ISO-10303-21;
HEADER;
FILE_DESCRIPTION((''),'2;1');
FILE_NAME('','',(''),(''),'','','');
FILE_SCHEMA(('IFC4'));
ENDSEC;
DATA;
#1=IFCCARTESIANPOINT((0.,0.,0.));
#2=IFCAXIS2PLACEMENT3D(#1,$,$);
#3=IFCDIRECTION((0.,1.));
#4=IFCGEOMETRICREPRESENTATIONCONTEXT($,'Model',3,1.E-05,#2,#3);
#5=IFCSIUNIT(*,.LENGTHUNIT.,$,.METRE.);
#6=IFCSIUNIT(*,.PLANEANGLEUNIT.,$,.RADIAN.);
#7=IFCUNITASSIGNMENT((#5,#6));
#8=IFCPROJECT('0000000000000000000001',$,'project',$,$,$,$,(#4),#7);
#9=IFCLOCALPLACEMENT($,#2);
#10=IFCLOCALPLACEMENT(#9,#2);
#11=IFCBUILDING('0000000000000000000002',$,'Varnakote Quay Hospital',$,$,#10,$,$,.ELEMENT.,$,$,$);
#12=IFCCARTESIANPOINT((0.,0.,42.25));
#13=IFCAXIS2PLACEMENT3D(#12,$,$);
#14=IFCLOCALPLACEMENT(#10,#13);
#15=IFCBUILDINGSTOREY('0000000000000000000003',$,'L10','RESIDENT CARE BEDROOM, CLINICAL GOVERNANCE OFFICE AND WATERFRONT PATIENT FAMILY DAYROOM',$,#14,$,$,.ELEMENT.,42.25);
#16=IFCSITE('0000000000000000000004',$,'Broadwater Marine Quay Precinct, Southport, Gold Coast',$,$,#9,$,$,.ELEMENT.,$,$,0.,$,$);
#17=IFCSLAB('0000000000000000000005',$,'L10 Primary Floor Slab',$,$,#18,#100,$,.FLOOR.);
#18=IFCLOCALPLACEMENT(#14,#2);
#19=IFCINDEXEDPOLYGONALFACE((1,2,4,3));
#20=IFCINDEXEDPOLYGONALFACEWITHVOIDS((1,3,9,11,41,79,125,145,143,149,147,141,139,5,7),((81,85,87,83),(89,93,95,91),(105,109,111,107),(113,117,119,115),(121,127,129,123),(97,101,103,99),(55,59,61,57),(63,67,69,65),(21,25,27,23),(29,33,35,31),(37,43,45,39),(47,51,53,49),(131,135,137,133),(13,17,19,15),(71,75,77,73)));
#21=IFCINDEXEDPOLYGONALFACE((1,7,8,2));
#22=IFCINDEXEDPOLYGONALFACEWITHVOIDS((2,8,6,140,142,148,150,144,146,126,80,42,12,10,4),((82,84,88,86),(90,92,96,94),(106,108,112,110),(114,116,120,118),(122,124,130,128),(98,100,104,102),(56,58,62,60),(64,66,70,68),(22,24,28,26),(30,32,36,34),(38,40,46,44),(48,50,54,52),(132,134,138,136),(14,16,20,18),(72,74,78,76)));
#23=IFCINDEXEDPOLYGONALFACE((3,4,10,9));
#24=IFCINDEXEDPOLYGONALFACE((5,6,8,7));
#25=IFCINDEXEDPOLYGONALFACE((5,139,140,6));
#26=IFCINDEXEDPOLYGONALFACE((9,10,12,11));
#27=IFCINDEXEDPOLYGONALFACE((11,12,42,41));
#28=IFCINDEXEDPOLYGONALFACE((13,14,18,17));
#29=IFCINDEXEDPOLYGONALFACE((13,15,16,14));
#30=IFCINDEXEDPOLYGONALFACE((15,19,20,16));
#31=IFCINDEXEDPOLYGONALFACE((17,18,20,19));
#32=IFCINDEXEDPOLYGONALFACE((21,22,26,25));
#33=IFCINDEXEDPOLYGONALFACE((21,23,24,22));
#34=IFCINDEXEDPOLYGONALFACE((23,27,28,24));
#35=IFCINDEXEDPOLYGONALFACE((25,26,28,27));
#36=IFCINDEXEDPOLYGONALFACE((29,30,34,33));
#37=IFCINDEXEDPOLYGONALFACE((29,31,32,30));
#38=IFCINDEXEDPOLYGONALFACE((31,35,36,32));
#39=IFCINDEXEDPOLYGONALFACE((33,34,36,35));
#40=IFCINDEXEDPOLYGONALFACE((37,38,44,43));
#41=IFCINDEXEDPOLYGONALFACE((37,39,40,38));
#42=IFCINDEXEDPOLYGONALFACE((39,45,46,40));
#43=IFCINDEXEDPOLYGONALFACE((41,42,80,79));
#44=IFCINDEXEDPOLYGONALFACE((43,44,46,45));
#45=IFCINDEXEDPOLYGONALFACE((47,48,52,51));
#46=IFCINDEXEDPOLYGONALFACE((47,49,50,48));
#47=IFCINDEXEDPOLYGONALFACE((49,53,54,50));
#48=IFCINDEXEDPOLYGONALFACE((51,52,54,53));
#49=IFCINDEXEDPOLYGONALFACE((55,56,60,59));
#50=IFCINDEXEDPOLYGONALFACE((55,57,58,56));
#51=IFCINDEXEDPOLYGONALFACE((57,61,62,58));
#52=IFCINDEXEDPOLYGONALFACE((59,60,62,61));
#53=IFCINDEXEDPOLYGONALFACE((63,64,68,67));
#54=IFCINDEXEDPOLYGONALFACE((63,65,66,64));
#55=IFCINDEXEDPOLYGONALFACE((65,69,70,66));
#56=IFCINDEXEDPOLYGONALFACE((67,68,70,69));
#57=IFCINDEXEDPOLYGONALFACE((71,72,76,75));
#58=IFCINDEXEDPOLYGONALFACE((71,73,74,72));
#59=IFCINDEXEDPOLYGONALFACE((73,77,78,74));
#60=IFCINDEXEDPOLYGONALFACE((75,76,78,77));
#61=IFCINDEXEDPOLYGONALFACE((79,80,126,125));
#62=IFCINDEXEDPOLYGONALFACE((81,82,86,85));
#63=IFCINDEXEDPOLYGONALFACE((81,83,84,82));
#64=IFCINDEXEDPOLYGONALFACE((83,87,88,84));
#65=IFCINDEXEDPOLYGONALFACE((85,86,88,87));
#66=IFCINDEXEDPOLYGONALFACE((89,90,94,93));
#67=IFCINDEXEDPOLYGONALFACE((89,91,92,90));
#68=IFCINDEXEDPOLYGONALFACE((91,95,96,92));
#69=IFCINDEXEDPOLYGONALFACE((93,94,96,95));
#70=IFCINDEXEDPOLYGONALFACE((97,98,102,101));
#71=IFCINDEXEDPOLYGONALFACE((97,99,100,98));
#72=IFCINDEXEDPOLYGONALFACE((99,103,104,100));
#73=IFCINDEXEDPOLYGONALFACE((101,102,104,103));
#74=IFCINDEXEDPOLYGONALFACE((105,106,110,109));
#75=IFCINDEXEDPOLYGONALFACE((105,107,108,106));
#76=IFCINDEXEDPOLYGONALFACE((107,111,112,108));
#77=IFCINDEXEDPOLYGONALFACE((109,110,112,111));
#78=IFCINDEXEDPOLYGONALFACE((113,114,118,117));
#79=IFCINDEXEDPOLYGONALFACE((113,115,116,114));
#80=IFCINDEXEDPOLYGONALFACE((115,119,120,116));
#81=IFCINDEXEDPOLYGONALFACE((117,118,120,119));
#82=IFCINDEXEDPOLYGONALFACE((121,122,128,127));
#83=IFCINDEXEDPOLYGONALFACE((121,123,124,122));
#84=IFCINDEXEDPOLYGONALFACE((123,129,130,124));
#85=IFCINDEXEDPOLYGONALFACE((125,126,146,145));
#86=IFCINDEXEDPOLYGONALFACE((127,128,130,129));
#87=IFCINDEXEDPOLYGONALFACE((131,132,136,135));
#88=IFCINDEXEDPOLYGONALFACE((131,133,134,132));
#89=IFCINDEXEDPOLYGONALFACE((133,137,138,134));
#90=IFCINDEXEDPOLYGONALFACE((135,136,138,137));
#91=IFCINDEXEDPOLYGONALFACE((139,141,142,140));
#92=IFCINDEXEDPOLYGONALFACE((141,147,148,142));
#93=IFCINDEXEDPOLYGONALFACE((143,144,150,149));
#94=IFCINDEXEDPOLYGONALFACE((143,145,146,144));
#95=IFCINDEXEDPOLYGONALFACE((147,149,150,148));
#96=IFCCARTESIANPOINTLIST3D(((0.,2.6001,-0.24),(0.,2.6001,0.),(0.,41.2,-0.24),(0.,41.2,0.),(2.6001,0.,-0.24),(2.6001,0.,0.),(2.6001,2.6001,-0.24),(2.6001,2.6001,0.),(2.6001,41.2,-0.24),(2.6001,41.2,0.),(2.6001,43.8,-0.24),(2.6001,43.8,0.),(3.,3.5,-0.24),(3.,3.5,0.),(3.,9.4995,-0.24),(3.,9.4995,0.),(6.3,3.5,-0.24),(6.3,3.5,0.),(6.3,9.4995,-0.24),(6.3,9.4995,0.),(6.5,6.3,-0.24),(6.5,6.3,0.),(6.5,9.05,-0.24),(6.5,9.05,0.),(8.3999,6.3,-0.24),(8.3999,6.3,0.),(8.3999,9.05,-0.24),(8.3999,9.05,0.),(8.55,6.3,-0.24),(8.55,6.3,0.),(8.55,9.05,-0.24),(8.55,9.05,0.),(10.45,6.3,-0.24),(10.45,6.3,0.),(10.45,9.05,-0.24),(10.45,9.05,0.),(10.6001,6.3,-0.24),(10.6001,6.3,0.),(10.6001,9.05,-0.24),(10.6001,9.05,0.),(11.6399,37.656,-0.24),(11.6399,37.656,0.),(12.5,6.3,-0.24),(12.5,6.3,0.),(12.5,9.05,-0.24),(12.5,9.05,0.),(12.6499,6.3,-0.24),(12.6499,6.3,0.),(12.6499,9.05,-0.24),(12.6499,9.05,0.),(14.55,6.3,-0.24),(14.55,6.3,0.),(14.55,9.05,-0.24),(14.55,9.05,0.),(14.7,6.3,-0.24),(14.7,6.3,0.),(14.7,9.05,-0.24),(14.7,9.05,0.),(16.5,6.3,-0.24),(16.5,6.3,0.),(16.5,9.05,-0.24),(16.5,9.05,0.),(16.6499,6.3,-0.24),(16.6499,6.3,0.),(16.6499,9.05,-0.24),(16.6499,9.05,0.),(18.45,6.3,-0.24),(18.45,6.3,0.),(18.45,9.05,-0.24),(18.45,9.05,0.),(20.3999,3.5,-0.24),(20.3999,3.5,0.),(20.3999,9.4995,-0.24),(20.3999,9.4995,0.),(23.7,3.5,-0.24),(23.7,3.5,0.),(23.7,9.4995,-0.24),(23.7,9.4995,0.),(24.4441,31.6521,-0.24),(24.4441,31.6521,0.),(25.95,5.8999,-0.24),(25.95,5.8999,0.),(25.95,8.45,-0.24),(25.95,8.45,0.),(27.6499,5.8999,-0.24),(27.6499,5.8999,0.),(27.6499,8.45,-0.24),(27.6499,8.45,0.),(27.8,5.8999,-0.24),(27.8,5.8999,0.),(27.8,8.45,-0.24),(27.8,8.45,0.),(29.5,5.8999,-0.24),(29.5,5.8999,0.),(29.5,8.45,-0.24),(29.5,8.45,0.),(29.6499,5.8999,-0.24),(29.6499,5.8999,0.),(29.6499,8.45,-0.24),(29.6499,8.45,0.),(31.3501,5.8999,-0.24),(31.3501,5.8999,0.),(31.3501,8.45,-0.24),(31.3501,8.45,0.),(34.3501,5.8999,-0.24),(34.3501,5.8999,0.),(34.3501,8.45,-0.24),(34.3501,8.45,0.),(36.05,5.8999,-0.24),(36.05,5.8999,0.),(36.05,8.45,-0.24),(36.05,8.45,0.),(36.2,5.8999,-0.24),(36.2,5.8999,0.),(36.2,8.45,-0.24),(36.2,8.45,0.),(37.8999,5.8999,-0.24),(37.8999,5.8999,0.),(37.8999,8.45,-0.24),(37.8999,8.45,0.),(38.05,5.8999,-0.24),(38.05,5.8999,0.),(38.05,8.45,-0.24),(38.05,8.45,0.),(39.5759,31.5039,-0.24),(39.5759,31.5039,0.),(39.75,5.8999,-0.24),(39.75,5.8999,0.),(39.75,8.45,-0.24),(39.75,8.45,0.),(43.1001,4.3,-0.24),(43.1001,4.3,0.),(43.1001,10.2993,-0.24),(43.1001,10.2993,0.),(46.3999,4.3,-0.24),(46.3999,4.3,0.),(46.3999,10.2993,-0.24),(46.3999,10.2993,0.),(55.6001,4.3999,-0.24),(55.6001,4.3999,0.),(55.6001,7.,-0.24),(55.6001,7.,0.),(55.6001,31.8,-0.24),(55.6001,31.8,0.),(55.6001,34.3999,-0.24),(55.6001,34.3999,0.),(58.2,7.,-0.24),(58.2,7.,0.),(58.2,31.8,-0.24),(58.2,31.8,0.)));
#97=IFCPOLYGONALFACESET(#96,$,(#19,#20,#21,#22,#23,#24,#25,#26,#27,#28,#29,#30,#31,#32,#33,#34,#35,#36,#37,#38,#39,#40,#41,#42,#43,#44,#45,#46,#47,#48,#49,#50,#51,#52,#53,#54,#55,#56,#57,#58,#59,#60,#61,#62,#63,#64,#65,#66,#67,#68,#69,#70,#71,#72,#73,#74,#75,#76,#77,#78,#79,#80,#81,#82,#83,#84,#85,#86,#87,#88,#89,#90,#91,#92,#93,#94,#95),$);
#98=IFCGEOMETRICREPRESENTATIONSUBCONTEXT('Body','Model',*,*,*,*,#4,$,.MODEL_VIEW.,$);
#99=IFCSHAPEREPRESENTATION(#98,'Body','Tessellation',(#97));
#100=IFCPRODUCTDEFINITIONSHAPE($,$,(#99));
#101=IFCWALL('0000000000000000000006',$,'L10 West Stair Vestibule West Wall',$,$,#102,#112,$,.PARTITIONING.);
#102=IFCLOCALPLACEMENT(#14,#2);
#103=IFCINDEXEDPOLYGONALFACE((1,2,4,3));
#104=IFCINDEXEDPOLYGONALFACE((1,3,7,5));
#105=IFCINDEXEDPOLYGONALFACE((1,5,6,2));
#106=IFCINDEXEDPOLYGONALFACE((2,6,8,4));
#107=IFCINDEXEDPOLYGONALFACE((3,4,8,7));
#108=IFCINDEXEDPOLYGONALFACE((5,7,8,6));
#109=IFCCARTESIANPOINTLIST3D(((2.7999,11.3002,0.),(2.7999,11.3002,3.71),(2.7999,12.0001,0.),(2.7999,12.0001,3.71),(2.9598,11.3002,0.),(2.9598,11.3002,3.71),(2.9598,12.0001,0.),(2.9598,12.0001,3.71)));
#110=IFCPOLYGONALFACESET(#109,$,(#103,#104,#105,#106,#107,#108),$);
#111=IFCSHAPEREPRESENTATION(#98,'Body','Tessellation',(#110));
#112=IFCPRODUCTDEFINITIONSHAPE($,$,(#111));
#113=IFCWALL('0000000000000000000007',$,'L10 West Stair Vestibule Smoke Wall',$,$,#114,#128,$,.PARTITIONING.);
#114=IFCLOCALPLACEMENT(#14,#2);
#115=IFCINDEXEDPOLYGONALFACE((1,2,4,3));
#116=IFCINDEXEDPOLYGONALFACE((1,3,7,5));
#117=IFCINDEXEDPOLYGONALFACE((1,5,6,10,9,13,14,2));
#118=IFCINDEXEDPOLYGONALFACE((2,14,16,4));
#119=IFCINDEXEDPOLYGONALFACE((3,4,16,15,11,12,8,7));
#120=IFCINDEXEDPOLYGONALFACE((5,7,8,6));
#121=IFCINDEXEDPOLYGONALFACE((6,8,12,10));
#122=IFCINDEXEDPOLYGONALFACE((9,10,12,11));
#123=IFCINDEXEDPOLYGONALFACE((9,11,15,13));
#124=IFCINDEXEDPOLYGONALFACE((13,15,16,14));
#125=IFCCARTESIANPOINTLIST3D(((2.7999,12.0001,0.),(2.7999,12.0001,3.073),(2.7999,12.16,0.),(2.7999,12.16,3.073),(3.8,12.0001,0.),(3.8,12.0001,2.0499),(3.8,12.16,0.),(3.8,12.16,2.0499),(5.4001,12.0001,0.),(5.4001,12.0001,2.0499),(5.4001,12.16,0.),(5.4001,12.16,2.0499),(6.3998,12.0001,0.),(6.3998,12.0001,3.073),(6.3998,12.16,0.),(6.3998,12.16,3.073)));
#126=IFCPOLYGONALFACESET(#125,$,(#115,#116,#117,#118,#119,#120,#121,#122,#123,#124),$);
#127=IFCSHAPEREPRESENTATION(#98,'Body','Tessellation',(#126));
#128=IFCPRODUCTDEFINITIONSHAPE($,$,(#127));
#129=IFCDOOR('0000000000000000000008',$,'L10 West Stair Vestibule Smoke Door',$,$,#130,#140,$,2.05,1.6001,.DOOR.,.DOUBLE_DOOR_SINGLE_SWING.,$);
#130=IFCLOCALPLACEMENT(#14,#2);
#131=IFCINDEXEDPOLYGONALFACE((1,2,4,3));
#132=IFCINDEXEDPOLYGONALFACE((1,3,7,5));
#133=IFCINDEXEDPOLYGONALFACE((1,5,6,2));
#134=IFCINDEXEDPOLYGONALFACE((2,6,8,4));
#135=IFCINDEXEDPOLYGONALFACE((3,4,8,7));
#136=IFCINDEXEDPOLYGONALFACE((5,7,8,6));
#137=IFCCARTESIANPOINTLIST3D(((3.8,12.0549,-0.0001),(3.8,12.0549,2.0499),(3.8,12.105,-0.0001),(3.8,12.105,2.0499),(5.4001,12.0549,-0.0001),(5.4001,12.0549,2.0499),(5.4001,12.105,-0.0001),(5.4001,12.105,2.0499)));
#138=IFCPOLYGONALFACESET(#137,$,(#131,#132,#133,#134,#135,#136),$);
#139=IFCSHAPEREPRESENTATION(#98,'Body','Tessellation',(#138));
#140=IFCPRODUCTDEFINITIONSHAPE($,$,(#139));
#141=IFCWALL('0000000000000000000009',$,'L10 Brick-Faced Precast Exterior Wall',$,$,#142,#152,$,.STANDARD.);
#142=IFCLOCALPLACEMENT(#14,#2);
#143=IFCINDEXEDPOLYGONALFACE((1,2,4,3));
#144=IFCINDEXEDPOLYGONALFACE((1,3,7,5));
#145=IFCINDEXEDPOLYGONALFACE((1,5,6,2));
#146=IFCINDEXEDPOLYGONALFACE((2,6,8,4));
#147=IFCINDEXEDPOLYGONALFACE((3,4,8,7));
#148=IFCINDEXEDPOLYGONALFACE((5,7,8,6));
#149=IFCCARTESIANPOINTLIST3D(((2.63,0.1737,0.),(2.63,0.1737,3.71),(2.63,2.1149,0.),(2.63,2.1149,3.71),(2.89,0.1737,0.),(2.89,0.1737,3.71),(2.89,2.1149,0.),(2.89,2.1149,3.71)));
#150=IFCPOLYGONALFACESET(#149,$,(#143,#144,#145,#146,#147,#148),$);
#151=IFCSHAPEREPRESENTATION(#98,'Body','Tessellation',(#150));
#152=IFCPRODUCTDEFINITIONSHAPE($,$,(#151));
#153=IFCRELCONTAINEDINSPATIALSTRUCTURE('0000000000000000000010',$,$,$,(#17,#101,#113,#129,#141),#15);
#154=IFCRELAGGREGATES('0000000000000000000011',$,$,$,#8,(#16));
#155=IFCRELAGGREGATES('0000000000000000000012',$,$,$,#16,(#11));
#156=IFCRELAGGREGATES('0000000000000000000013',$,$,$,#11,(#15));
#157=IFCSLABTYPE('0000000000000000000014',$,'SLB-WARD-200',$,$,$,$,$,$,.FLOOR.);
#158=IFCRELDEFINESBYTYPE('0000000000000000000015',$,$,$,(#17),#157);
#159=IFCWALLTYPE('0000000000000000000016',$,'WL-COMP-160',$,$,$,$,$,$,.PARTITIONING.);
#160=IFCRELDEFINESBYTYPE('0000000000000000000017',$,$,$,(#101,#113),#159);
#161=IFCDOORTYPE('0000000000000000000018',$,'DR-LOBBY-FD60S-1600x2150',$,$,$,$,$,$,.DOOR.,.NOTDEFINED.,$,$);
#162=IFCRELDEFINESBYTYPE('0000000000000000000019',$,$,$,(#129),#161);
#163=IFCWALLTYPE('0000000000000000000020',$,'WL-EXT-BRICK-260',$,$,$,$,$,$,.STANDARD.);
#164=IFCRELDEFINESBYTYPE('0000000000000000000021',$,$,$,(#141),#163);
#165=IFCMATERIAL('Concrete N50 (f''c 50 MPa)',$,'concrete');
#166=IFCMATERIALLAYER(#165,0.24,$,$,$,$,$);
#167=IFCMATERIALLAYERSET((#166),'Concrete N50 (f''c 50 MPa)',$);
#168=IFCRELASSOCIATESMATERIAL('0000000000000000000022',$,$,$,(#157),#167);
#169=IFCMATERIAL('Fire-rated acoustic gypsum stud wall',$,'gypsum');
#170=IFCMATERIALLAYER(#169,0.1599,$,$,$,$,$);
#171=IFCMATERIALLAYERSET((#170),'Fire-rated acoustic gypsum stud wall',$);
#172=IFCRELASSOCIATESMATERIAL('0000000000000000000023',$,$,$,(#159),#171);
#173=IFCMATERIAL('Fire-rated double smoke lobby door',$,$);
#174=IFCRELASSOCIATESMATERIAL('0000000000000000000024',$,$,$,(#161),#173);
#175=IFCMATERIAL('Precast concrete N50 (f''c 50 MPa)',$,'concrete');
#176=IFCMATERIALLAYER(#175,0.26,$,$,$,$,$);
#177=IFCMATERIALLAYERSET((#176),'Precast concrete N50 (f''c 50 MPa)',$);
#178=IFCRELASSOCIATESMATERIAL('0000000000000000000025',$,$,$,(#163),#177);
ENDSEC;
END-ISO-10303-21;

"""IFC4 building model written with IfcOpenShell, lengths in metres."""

from ifc_helpers import new_model, si_unit, direction, frame, frame_2d, origin, place, context, subcontext, project, spatial, polyline, rectangle, outline, extrude, material, layer, layer_set, type_object, element, fill, save


model = new_model("IFC4")

# Units and contexts
model_context = context("Model", 3, precision=1e-05, world=origin(), true_north=direction((0.0, 1.0)))
body_context = subcontext(model_context, "Body", "Model", "MODEL_VIEW")
ifc_project = project(units=[si_unit("LENGTHUNIT", "METRE"), si_unit("PLANEANGLEUNIT", "RADIAN")], contexts=[model_context])

# Site, building, storey
site_placement = place(None, origin())
site = spatial("IfcSite", under=ifc_project, at=site_placement, Name="Broadwater Marine Quay Precinct, Southport, Gold Coast", CompositionType="ELEMENT", RefElevation=0.0)
building_placement = place(site_placement, origin())
building = spatial("IfcBuilding", under=site, at=building_placement, Name="Varnakote Quay Hospital", CompositionType="ELEMENT")
storey_placement = place(building_placement, frame((0.0, 0.0, 42.25)))
storey = spatial("IfcBuildingStorey", under=building, at=storey_placement, Name="L10", Description="RESIDENT CARE BEDROOM, CLINICAL GOVERNANCE OFFICE AND WATERFRONT PATIENT FAMILY DAYROOM", CompositionType="ELEMENT", Elevation=42.25)

# Slab
ifc_material_1 = material(Name="Concrete N50 (f'c 50 MPa)", Category="concrete")
ifc_layer_1 = layer(ifc_material_1, 0.24)
ifc_layer_set_1 = layer_set([ifc_layer_1], Name="Concrete N50 (f'c 50 MPa)")
slab_type_1 = type_object("IfcSlabType", Name="SLB-WARD-200", PredefinedType="FLOOR", material=ifc_layer_set_1)
slab_1_placement = place(storey_placement, frame((0.0, 0.0, -0.24)))
element("IfcSlab", 1, at=slab_1_placement, inside=storey, type_object=slab_type_1, Name="L10 Primary Floor Slab", PredefinedType="FLOOR", context=body_context, shape_type="SweptSolid", body=[
    extrude(outline(polyline([(0.0, 2.6001), (2.6001, 2.6001), (2.6001, 0.0), (55.6001, 4.3999), (55.6001, 7.0), (58.2, 7.0), (58.2, 31.8), (55.6001, 31.8), (55.6001, 34.3999), (39.5759, 31.5039), (24.4441, 31.6521), (11.6399, 37.656), (2.6001, 43.8), (2.6001, 41.2), (0.0, 41.2), (0.0, 2.6001)]), holes=[polyline([(3.0, 3.5), (6.3, 3.5), (6.3, 9.4995), (3.0, 9.4995), (3.0, 3.5)]), polyline([(20.3999, 3.5), (23.7, 3.5), (23.7, 9.4995), (20.3999, 9.4995), (20.3999, 3.5)]), polyline([(43.1001, 4.3), (46.3999, 4.3), (46.3999, 10.2993), (43.1001, 10.2993), (43.1001, 4.3)]), polyline([(6.5, 6.3), (8.3999, 6.3), (8.3999, 9.05), (6.5, 9.05), (6.5, 6.3)]), polyline([(8.55, 6.3), (10.45, 6.3), (10.45, 9.05), (8.55, 9.05), (8.55, 6.3)]), polyline([(10.6001, 6.3), (12.5, 6.3), (12.5, 9.05), (10.6001, 9.05), (10.6001, 6.3)]), polyline([(12.6499, 6.3), (14.55, 6.3), (14.55, 9.05), (12.6499, 9.05), (12.6499, 6.3)]), polyline([(14.7, 6.3), (16.5, 6.3), (16.5, 9.05), (14.7, 9.05), (14.7, 6.3)]), polyline([(16.6499, 6.3), (18.45, 6.3), (18.45, 9.05), (16.6499, 9.05), (16.6499, 6.3)]), polyline([(25.95, 5.8999), (27.6499, 5.8999), (27.6499, 8.45), (25.95, 8.45), (25.95, 5.8999)]), polyline([(27.8, 5.8999), (29.5, 5.8999), (29.5, 8.45), (27.8, 8.45), (27.8, 5.8999)]), polyline([(29.6499, 5.8999), (31.3501, 5.8999), (31.3501, 8.45), (29.6499, 8.45), (29.6499, 5.8999)]), polyline([(34.3501, 5.8999), (36.05, 5.8999), (36.05, 8.45), (34.3501, 8.45), (34.3501, 5.8999)]), polyline([(36.2, 5.8999), (37.8999, 5.8999), (37.8999, 8.45), (36.2, 8.45), (36.2, 5.8999)]), polyline([(38.05, 5.8999), (39.75, 5.8999), (39.75, 8.45), (38.05, 8.45), (38.05, 5.8999)])]), origin(), (0.0, 0.0, 1.0), 0.24),
])

# Wall
ifc_material_2 = material(Name="Fire-rated acoustic gypsum stud wall", Category="gypsum")
ifc_layer_2 = layer(ifc_material_2, 0.1599)
ifc_layer_set_2 = layer_set([ifc_layer_2], Name="Fire-rated acoustic gypsum stud wall")
wall_type_1 = type_object("IfcWallType", Name="WL-COMP-160", PredefinedType="PARTITIONING", material=ifc_layer_set_2)
wall_1_placement = place(storey_placement, frame((2.8799, 11.3, 0.0), z_axis=(0.0, 0.0, 1.0), x_axis=(0.0, 1.0, 0.0)))
element("IfcWall", 2, at=wall_1_placement, inside=storey, type_object=wall_type_1, Name="L10 West Stair Vestibule West Wall", PredefinedType="PARTITIONING", context=body_context, shape_type="SweptSolid", body=[
    extrude(rectangle(XDim=0.7, YDim=0.1599, at=frame_2d((0.3501, 0.0))), origin(), (0.0, 0.0, 1.0), 3.71),
])

# Wall, opening, door
wall_2_placement = place(storey_placement, frame((2.8, 12.0801, 0.0), z_axis=(0.0, 0.0, 1.0), x_axis=(1.0, 0.0, 0.0)))
wall_2 = element("IfcWall", 3, at=wall_2_placement, inside=storey, type_object=wall_type_1, Name="L10 West Stair Vestibule Smoke Wall", PredefinedType="PARTITIONING", context=body_context, shape_type="SweptSolid", body=[
    extrude(rectangle(XDim=3.5999, YDim=0.1599, at=frame_2d((1.7998, 0.0))), origin(), (0.0, 0.0, 1.0), 3.073),
])
opening_1_placement = place(wall_2_placement, frame((1.0, 0.0, 0.0)))
opening_1 = element("IfcOpeningElement", 4, at=opening_1_placement, cuts=wall_2, PredefinedType="OPENING", context=body_context, shape_type="SweptSolid", body=[
    extrude(rectangle(XDim=1.6001, YDim=2.05, at=frame_2d((0.8, 1.0249))), frame((0.0, 0.0898, 0.0), z_axis=(0.0, -1.0, 0.0), x_axis=(1.0, 0.0, 0.0)), (0.0, 0.0, 1.0), 0.1799),
])
ifc_material_3 = material(Name="Fire-rated double smoke lobby door")
door_type_1 = type_object("IfcDoorType", Name="DR-LOBBY-FD60S-1600x2150", OperationType="NOTDEFINED", PredefinedType="DOOR", material=ifc_material_3)
door_1_placement = place(opening_1_placement, origin())
door_1 = element("IfcDoor", 5, at=door_1_placement, inside=storey, type_object=door_type_1, Name="L10 West Stair Vestibule Smoke Door", OperationType="DOUBLE_DOOR_SINGLE_SWING", OverallHeight=2.05, OverallWidth=1.6001, PredefinedType="DOOR", context=body_context, shape_type="SweptSolid", body=[
    extrude(rectangle(XDim=1.6001, YDim=2.05, at=frame_2d((0.8, 1.0249))), frame((0.0, 0.0249, 0.0), z_axis=(0.0, -1.0, 0.0), x_axis=(1.0, 0.0, 0.0)), (0.0, 0.0, 1.0), 0.05),
])
fill(opening_1, door_1)

# Wall
ifc_material_4 = material(Name="Precast concrete N50 (f'c 50 MPa)", Category="concrete")
ifc_layer_3 = layer(ifc_material_4, 0.26)
ifc_layer_set_3 = layer_set([ifc_layer_3], Name="Precast concrete N50 (f'c 50 MPa)")
wall_type_2 = type_object("IfcWallType", Name="WL-EXT-BRICK-260", PredefinedType="STANDARD", material=ifc_layer_set_3)
wall_3_placement = place(storey_placement, frame((2.76, 2.115, 0.0), z_axis=(0.0, 0.0, 1.0), x_axis=(0.0, -1.0, 0.0)))
element("IfcWall", 6, at=wall_3_placement, inside=storey, type_object=wall_type_2, Name="L10 Brick-Faced Precast Exterior Wall", PredefinedType="STANDARD", context=body_context, shape_type="SweptSolid", body=[
    extrude(rectangle(XDim=1.9412, YDim=0.26, at=frame_2d((0.9707, 0.0))), origin(), (0.0, 0.0, 1.0), 3.71),
])

save(model, "model.ifc")
